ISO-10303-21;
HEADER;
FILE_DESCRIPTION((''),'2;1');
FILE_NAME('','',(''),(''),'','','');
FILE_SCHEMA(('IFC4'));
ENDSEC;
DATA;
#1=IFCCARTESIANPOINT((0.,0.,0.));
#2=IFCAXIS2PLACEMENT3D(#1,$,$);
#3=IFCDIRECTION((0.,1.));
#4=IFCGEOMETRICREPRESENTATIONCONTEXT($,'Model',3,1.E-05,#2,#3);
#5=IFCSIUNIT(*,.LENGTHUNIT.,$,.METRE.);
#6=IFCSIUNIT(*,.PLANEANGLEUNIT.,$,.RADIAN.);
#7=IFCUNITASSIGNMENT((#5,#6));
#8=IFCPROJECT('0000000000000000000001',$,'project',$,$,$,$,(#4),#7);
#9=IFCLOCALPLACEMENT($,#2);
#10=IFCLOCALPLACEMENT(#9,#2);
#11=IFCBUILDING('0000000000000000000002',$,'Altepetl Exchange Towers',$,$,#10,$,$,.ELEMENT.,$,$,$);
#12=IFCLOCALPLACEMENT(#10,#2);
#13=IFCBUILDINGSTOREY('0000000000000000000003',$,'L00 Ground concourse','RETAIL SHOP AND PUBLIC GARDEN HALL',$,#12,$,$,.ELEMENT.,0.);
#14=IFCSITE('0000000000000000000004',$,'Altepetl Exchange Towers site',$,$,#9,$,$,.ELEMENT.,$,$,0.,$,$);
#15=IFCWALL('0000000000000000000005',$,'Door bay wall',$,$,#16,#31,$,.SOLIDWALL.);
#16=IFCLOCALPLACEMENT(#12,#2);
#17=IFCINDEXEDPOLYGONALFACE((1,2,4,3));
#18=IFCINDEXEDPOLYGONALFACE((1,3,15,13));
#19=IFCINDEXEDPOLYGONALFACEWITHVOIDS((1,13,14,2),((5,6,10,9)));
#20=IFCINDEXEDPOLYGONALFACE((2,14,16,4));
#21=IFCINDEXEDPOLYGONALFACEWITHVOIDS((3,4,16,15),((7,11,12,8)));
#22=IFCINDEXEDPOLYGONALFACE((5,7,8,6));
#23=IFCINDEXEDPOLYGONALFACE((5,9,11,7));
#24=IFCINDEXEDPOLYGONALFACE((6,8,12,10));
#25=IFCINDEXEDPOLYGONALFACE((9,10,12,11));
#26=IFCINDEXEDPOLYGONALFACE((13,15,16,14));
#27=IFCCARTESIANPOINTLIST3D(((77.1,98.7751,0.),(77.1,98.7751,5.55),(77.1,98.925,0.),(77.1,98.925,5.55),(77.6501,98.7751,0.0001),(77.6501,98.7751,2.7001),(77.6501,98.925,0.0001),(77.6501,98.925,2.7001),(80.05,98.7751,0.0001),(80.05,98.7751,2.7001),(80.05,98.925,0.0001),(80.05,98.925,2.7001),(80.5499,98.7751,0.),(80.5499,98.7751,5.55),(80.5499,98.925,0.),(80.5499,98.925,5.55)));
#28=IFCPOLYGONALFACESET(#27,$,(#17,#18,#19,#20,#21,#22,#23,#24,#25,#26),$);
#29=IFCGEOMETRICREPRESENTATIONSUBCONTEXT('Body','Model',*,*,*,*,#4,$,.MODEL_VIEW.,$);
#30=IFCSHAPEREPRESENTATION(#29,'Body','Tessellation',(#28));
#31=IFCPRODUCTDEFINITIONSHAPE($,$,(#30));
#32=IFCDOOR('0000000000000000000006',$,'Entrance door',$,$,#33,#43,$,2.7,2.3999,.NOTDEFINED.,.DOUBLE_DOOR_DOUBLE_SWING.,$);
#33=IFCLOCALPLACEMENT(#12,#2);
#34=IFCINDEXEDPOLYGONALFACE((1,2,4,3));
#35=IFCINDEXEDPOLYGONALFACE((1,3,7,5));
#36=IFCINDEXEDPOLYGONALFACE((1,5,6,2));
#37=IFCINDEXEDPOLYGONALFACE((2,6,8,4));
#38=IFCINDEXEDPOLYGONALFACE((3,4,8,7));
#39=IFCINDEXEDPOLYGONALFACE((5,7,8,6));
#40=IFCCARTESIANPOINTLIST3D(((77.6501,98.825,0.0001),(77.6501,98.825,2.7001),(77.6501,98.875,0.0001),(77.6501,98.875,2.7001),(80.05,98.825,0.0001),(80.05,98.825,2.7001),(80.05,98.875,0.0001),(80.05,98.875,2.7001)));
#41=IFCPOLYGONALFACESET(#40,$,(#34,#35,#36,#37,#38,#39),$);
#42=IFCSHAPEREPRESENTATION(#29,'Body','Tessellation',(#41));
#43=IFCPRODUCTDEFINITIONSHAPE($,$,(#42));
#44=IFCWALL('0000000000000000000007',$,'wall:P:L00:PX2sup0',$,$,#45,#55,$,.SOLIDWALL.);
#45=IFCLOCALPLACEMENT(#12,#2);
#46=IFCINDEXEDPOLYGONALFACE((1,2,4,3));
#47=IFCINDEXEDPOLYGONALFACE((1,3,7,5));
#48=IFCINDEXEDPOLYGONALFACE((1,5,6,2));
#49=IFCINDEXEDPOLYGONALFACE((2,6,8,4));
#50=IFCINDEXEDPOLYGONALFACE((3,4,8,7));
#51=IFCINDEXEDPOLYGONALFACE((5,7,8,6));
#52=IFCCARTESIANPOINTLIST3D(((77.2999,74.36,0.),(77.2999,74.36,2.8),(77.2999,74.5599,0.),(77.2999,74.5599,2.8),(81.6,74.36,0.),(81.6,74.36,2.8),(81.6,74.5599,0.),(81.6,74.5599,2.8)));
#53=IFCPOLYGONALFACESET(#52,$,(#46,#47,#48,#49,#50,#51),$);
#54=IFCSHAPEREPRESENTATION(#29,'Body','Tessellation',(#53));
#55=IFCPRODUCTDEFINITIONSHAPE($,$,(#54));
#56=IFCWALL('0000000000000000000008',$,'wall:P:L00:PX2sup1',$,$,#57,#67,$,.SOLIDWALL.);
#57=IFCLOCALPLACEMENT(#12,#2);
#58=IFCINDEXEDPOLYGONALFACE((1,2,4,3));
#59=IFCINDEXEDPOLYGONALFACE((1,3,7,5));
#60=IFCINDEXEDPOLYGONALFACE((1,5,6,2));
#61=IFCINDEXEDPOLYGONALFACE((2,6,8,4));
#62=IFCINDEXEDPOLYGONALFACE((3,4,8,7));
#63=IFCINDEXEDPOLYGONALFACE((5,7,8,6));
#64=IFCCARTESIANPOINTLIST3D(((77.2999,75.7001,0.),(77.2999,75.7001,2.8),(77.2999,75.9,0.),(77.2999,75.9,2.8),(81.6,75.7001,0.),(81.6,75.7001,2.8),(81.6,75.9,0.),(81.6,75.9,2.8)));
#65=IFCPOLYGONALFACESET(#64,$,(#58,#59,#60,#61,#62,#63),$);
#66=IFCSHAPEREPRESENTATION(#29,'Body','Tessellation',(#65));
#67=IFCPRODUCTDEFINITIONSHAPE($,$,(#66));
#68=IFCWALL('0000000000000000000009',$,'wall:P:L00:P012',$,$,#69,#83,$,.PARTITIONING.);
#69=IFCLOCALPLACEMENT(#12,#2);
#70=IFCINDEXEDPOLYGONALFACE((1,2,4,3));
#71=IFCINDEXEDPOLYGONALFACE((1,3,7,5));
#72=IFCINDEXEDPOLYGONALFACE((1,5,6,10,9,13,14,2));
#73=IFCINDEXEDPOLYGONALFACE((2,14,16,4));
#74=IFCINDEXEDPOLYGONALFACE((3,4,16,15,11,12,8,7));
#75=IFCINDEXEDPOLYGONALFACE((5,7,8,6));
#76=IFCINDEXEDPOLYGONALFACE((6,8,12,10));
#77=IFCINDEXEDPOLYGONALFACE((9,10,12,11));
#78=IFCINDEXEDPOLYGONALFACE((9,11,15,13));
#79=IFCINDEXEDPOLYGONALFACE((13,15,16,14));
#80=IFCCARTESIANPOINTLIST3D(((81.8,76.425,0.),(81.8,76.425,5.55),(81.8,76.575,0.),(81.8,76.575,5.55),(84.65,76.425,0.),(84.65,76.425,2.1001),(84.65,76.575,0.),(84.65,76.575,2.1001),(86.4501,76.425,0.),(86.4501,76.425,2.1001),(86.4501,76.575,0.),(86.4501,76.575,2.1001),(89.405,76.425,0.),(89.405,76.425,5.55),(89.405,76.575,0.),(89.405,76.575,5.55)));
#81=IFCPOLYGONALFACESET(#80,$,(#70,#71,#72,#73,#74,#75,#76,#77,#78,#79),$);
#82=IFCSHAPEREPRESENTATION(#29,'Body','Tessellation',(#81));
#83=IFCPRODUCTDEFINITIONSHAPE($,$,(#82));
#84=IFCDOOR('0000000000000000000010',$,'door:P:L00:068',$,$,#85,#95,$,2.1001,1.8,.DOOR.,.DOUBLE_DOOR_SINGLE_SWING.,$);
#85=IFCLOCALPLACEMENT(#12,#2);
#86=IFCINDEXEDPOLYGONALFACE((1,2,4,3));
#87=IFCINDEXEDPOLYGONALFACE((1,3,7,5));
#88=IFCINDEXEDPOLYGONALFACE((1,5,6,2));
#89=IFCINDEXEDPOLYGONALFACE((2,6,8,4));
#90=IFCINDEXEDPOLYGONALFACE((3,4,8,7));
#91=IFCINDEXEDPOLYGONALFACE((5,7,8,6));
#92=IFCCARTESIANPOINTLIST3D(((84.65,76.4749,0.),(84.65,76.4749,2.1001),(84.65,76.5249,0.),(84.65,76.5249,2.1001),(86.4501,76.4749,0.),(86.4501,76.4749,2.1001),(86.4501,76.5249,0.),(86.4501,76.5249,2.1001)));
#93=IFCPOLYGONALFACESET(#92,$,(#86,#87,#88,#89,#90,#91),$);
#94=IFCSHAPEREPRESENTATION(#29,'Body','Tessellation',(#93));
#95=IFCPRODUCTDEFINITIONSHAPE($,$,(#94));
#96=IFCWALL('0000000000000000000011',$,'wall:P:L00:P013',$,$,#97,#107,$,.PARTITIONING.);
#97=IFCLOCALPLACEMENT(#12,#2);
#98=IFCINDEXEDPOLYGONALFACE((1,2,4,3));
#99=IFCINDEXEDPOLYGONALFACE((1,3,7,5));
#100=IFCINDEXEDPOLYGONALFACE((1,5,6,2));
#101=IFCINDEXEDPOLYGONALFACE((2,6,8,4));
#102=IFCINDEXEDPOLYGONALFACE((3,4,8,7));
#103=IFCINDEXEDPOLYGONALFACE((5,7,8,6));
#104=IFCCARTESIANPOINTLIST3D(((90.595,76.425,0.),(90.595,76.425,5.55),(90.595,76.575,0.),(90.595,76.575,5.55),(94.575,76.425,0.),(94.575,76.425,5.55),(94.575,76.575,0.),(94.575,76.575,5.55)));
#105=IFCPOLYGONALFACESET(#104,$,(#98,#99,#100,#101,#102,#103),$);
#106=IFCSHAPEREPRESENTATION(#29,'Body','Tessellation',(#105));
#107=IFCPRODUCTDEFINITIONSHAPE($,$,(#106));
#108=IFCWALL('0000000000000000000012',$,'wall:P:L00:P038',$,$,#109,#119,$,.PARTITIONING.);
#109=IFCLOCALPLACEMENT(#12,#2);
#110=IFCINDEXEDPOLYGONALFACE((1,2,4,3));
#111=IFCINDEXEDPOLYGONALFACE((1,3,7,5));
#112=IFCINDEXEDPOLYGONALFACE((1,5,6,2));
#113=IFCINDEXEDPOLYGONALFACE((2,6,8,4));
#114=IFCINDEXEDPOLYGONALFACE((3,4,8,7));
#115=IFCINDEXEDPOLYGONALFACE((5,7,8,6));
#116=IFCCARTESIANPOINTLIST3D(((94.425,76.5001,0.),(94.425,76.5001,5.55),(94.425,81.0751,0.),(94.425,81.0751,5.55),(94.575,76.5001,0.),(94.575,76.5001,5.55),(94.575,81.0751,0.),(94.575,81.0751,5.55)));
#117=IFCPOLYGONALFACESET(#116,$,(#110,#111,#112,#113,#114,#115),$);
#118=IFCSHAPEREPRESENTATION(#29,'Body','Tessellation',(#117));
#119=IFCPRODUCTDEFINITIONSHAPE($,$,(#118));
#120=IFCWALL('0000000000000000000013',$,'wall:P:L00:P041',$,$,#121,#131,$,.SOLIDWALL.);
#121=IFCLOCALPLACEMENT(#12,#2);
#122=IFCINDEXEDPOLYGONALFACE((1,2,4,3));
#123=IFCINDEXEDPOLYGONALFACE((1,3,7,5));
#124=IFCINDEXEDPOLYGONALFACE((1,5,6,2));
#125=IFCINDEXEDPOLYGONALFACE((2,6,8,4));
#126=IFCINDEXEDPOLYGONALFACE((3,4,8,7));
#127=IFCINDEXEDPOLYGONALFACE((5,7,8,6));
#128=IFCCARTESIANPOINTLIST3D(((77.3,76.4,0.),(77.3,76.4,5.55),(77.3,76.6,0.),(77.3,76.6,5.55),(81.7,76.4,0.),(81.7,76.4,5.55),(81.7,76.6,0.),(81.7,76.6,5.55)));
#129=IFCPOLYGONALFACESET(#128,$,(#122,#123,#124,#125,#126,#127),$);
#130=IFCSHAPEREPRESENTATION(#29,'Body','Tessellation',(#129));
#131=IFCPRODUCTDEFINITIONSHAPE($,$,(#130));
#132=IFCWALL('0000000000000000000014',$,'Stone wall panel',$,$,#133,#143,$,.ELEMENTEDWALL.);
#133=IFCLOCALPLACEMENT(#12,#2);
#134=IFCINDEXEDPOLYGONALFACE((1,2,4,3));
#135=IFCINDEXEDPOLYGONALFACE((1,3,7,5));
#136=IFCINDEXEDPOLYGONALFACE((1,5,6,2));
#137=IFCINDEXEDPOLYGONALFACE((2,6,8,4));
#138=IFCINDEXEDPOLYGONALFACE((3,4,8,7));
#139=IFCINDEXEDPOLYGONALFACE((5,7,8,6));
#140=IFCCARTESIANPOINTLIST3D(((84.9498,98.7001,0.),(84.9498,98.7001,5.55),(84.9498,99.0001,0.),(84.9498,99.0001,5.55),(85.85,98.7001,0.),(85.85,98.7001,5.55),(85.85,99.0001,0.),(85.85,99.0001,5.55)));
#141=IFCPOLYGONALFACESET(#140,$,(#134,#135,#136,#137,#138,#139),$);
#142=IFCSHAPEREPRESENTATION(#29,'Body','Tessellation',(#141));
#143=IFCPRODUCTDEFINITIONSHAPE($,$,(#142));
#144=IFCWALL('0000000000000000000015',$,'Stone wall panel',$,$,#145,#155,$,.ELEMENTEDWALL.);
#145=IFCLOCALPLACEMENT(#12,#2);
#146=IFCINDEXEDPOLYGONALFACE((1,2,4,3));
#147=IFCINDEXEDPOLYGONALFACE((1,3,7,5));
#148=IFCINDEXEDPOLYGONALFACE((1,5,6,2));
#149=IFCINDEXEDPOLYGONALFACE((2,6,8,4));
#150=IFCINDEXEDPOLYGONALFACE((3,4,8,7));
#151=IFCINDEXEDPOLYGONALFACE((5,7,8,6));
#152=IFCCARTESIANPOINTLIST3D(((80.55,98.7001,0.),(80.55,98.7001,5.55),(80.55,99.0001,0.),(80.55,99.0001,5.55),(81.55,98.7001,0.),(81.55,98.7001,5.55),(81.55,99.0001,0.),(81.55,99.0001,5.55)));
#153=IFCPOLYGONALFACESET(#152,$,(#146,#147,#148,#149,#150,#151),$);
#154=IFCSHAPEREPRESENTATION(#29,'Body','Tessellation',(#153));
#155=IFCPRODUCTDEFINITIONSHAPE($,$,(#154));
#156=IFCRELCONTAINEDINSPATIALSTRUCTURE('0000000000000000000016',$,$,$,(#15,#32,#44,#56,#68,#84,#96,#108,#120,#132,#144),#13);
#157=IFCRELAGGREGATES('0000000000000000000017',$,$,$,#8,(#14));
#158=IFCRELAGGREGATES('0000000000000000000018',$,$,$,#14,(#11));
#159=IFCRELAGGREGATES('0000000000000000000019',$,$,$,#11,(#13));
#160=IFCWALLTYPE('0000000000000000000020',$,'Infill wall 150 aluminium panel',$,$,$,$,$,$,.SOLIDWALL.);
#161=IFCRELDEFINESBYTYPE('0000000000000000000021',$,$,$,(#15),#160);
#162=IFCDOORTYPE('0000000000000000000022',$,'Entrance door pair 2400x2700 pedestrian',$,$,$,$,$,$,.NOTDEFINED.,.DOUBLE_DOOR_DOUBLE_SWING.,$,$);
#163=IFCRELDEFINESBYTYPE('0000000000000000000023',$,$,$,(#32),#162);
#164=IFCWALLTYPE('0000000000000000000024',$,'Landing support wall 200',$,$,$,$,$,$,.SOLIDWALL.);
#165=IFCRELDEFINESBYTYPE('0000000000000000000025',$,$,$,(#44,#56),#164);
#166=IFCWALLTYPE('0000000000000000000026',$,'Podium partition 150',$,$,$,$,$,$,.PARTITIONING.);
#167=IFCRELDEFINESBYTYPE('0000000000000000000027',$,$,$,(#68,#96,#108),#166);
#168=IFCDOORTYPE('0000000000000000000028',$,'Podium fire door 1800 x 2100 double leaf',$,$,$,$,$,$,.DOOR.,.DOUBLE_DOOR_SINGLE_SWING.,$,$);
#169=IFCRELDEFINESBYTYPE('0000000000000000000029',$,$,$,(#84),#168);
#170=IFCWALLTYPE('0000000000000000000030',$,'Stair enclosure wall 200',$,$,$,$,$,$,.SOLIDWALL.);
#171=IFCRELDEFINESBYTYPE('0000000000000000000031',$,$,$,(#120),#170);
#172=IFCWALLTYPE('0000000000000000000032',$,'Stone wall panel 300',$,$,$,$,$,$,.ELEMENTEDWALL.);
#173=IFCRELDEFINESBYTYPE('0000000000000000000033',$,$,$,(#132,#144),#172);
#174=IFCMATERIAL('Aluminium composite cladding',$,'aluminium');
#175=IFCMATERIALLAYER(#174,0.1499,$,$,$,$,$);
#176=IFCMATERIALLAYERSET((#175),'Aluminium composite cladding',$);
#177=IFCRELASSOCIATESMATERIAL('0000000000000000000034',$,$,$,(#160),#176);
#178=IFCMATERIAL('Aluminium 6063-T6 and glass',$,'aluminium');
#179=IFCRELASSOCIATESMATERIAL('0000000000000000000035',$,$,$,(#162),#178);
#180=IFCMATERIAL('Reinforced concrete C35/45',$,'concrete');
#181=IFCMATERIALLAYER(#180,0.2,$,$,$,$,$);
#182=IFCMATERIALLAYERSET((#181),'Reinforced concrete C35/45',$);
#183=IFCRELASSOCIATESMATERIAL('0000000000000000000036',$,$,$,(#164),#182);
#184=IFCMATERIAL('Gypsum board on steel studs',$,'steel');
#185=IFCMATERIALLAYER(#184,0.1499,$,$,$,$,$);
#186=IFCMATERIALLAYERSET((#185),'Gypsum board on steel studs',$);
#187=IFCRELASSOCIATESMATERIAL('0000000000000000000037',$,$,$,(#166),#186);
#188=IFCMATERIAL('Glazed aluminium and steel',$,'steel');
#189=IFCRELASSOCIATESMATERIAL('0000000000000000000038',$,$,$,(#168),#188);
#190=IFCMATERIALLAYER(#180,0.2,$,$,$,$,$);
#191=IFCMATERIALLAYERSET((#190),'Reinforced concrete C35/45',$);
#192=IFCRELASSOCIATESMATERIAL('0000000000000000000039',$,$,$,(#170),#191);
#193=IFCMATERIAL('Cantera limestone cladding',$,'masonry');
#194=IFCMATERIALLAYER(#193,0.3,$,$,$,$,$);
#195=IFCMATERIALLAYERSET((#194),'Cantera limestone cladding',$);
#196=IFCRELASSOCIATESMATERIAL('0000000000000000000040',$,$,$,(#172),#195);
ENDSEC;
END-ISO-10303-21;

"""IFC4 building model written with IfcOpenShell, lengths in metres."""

from ifc_helpers import new_model, si_unit, direction, frame, frame_2d, origin, place, context, subcontext, project, spatial, rectangle, extrude, material, layer, layer_set, type_object, element, fill, save


model = new_model("IFC4")

# Units and contexts
model_context = context("Model", 3, precision=1e-05, world=origin(), true_north=direction((0.0, 1.0)))
body_context = subcontext(model_context, "Body", "Model", "MODEL_VIEW")
ifc_project = project(units=[si_unit("LENGTHUNIT", "METRE"), si_unit("PLANEANGLEUNIT", "RADIAN")], contexts=[model_context])

# Site, building, storey
site_placement = place(None, origin())
site = spatial("IfcSite", under=ifc_project, at=site_placement, Name="Altepetl Exchange Towers site", CompositionType="ELEMENT", RefElevation=0.0)
building_placement = place(site_placement, origin())
building = spatial("IfcBuilding", under=site, at=building_placement, Name="Altepetl Exchange Towers", CompositionType="ELEMENT")
storey_placement = place(building_placement, origin())
storey = spatial("IfcBuildingStorey", under=building, at=storey_placement, Name="L00 Ground concourse", Description="RETAIL SHOP AND PUBLIC GARDEN HALL", CompositionType="ELEMENT", Elevation=0.0)

# Wall, opening, door
ifc_material_1 = material(Name="Aluminium composite cladding", Category="aluminium")
ifc_layer_1 = layer(ifc_material_1, 0.1499)
ifc_layer_set_1 = layer_set([ifc_layer_1], Name="Aluminium composite cladding")
wall_type_1 = type_object("IfcWallType", Name="Infill wall 150 aluminium panel", PredefinedType="SOLIDWALL", material=ifc_layer_set_1)
ifc_material_2 = material(Name="Aluminium 6063-T6 and glass", Category="aluminium")
door_type_1 = type_object("IfcDoorType", Name="Entrance door pair 2400x2700 pedestrian", OperationType="DOUBLE_DOOR_DOUBLE_SWING", PredefinedType="NOTDEFINED", material=ifc_material_2)
wall_1_placement = place(storey_placement, frame((80.55, 98.8501, 0.0), z_axis=(0.0, 0.0, 1.0), x_axis=(-1.0, 0.0, 0.0)))
wall_1 = element("IfcWall", 1, at=wall_1_placement, inside=storey, type_object=wall_type_1, Name="Door bay wall", PredefinedType="SOLIDWALL", context=body_context, shape_type="SweptSolid", body=[
    extrude(rectangle(XDim=3.45, YDim=0.1499, at=frame_2d((1.7251, 0.0))), origin(), (0.0, 0.0, 1.0), 5.55),
])
opening_1_placement = place(wall_1_placement, frame((0.5, 0.0, 0.0)))
opening_1 = element("IfcOpeningElement", 2, at=opening_1_placement, cuts=wall_1, PredefinedType="OPENING", context=body_context, shape_type="SweptSolid", body=[
    extrude(rectangle(XDim=2.3999, YDim=2.7, at=frame_2d((1.2, 1.3501))), frame((0.0, 0.085, 0.0), z_axis=(0.0, -1.0, 0.0), x_axis=(1.0, 0.0, 0.0)), (0.0, 0.0, 1.0), 0.1699),
])
door_1_placement = place(opening_1_placement, frame((2.3999, 0.0, 0.0), x_axis=(-1.0, 0.0, 0.0)))
door_1 = element("IfcDoor", 3, at=door_1_placement, inside=storey, type_object=door_type_1, Name="Entrance door", OperationType="DOUBLE_DOOR_DOUBLE_SWING", OverallHeight=2.7, OverallWidth=2.3999, PredefinedType="NOTDEFINED", context=body_context, shape_type="SweptSolid", body=[
    extrude(rectangle(XDim=2.3999, YDim=2.7, at=frame_2d((1.2, 1.3501))), frame((0.0, 0.0249, 0.0), z_axis=(0.0, -1.0, 0.0), x_axis=(1.0, 0.0, 0.0)), (0.0, 0.0, 1.0), 0.05),
])
fill(opening_1, door_1)

# Walls
ifc_material_3 = material(Name="Reinforced concrete C35/45", Category="concrete")
ifc_layer_2 = layer(ifc_material_3, 0.2)
ifc_layer_set_2 = layer_set([ifc_layer_2], Name="Reinforced concrete C35/45")
wall_type_2 = type_object("IfcWallType", Name="Landing support wall 200", PredefinedType="SOLIDWALL", material=ifc_layer_set_2)
for number, where, name in (
    (4, (77.3, 74.46, 0.0), "wall:P:L00:PX2sup0"),
    (5, (77.3, 75.8, 0.0), "wall:P:L00:PX2sup1"),
):
    element("IfcWall", number, at=place(storey_placement, frame(where)), inside=storey, type_object=wall_type_2, Name=name, PredefinedType="SOLIDWALL", context=body_context, shape_type="SweptSolid", body=[
        extrude(rectangle(XDim=4.3, YDim=0.2, at=frame_2d((2.1499, 0.0))), origin(), (0.0, 0.0, 1.0), 2.8),
    ])

# Wall, opening, door
ifc_material_4 = material(Name="Gypsum board on steel studs", Category="steel")
ifc_layer_3 = layer(ifc_material_4, 0.1499)
ifc_layer_set_3 = layer_set([ifc_layer_3], Name="Gypsum board on steel studs")
wall_type_3 = type_object("IfcWallType", Name="Podium partition 150", PredefinedType="PARTITIONING", material=ifc_layer_set_3)
wall_2_placement = place(storey_placement, frame((81.8, 76.5, 0.0)))
wall_2 = element("IfcWall", 6, at=wall_2_placement, inside=storey, type_object=wall_type_3, Name="wall:P:L00:P012", PredefinedType="PARTITIONING", context=body_context, shape_type="SweptSolid", body=[
    extrude(rectangle(XDim=7.605, YDim=0.1499, at=frame_2d((3.8025, 0.0))), origin(), (0.0, 0.0, 1.0), 5.55),
])
opening_2_placement = place(wall_2_placement, frame((2.8501, 0.0, 0.0)))
opening_2 = element("IfcOpeningElement", 7, at=opening_2_placement, cuts=wall_2, PredefinedType="OPENING", context=body_context, shape_type="SweptSolid", body=[
    extrude(rectangle(XDim=1.8, YDim=2.1001, at=frame_2d((0.8999, 1.05))), frame((0.0, 0.085, 0.0), z_axis=(0.0, -1.0, 0.0), x_axis=(1.0, 0.0, 0.0)), (0.0, 0.0, 1.0), 0.1699),
])
ifc_material_5 = material(Name="Glazed aluminium and steel", Category="steel")
door_type_2 = type_object("IfcDoorType", Name="Podium fire door 1800 x 2100 double leaf", OperationType="DOUBLE_DOOR_SINGLE_SWING", PredefinedType="DOOR", material=ifc_material_5)
door_2_placement = place(opening_2_placement, origin())
door_2 = element("IfcDoor", 8, at=door_2_placement, inside=storey, type_object=door_type_2, Name="door:P:L00:068", OperationType="DOUBLE_DOOR_SINGLE_SWING", OverallHeight=2.1001, OverallWidth=1.8, PredefinedType="DOOR", context=body_context, shape_type="SweptSolid", body=[
    extrude(rectangle(XDim=1.8, YDim=2.1001, at=frame_2d((0.8999, 1.05))), frame((0.0, 0.0249, 0.0), z_axis=(0.0, -1.0, 0.0), x_axis=(1.0, 0.0, 0.0)), (0.0, 0.0, 1.0), 0.05),
])
fill(opening_2, door_2)

# Walls
wall_3_placement = place(storey_placement, frame((90.595, 76.5, 0.0)))
element("IfcWall", 9, at=wall_3_placement, inside=storey, type_object=wall_type_3, Name="wall:P:L00:P013", PredefinedType="PARTITIONING", context=body_context, shape_type="SweptSolid", body=[
    extrude(rectangle(XDim=3.98, YDim=0.1499, at=frame_2d((1.99, 0.0))), origin(), (0.0, 0.0, 1.0), 5.55),
])
wall_4_placement = place(storey_placement, frame((94.5, 76.5, 0.0), z_axis=(0.0, 0.0, 1.0), x_axis=(0.0, 1.0, 0.0)))
element("IfcWall", 10, at=wall_4_placement, inside=storey, type_object=wall_type_3, Name="wall:P:L00:P038", PredefinedType="PARTITIONING", context=body_context, shape_type="SweptSolid", body=[
    extrude(rectangle(XDim=4.575, YDim=0.1499, at=frame_2d((2.2876, 0.0))), origin(), (0.0, 0.0, 1.0), 5.55),
])
ifc_layer_4 = layer(ifc_material_3, 0.2)
ifc_layer_set_4 = layer_set([ifc_layer_4], Name="Reinforced concrete C35/45")
wall_type_4 = type_object("IfcWallType", Name="Stair enclosure wall 200", PredefinedType="SOLIDWALL", material=ifc_layer_set_4)
wall_5_placement = place(storey_placement, frame((77.3, 76.5, 0.0)))
element("IfcWall", 11, at=wall_5_placement, inside=storey, type_object=wall_type_4, Name="wall:P:L00:P041", PredefinedType="SOLIDWALL", context=body_context, shape_type="SweptSolid", body=[
    extrude(rectangle(XDim=4.3999, YDim=0.2, at=frame_2d((2.2, 0.0))), origin(), (0.0, 0.0, 1.0), 5.55),
])
ifc_material_6 = material(Name="Cantera limestone cladding", Category="masonry")
ifc_layer_5 = layer(ifc_material_6, 0.3)
ifc_layer_set_5 = layer_set([ifc_layer_5], Name="Cantera limestone cladding")
wall_type_5 = type_object("IfcWallType", Name="Stone wall panel 300", PredefinedType="ELEMENTEDWALL", material=ifc_layer_set_5)
wall_6_placement = place(storey_placement, frame((85.8501, 98.8501, 0.0), z_axis=(0.0, 0.0, 1.0), x_axis=(-1.0, 0.0, 0.0)))
element("IfcWall", 12, at=wall_6_placement, inside=storey, type_object=wall_type_5, Name="Stone wall panel", PredefinedType="ELEMENTEDWALL", context=body_context, shape_type="SweptSolid", body=[
    extrude(rectangle(XDim=0.9001, YDim=0.3, at=frame_2d((0.4502, 0.0))), origin(), (0.0, 0.0, 1.0), 5.55),
])
wall_7_placement = place(storey_placement, frame((81.55, 98.8501, 0.0), z_axis=(0.0, 0.0, 1.0), x_axis=(-1.0, 0.0, 0.0)))
element("IfcWall", 13, at=wall_7_placement, inside=storey, type_object=wall_type_5, Name="Stone wall panel", PredefinedType="ELEMENTEDWALL", context=body_context, shape_type="SweptSolid", body=[
    extrude(rectangle(XDim=1.0, YDim=0.3, at=frame_2d((0.5, 0.0))), origin(), (0.0, 0.0, 1.0), 5.55),
])

save(model, "model.ifc")
